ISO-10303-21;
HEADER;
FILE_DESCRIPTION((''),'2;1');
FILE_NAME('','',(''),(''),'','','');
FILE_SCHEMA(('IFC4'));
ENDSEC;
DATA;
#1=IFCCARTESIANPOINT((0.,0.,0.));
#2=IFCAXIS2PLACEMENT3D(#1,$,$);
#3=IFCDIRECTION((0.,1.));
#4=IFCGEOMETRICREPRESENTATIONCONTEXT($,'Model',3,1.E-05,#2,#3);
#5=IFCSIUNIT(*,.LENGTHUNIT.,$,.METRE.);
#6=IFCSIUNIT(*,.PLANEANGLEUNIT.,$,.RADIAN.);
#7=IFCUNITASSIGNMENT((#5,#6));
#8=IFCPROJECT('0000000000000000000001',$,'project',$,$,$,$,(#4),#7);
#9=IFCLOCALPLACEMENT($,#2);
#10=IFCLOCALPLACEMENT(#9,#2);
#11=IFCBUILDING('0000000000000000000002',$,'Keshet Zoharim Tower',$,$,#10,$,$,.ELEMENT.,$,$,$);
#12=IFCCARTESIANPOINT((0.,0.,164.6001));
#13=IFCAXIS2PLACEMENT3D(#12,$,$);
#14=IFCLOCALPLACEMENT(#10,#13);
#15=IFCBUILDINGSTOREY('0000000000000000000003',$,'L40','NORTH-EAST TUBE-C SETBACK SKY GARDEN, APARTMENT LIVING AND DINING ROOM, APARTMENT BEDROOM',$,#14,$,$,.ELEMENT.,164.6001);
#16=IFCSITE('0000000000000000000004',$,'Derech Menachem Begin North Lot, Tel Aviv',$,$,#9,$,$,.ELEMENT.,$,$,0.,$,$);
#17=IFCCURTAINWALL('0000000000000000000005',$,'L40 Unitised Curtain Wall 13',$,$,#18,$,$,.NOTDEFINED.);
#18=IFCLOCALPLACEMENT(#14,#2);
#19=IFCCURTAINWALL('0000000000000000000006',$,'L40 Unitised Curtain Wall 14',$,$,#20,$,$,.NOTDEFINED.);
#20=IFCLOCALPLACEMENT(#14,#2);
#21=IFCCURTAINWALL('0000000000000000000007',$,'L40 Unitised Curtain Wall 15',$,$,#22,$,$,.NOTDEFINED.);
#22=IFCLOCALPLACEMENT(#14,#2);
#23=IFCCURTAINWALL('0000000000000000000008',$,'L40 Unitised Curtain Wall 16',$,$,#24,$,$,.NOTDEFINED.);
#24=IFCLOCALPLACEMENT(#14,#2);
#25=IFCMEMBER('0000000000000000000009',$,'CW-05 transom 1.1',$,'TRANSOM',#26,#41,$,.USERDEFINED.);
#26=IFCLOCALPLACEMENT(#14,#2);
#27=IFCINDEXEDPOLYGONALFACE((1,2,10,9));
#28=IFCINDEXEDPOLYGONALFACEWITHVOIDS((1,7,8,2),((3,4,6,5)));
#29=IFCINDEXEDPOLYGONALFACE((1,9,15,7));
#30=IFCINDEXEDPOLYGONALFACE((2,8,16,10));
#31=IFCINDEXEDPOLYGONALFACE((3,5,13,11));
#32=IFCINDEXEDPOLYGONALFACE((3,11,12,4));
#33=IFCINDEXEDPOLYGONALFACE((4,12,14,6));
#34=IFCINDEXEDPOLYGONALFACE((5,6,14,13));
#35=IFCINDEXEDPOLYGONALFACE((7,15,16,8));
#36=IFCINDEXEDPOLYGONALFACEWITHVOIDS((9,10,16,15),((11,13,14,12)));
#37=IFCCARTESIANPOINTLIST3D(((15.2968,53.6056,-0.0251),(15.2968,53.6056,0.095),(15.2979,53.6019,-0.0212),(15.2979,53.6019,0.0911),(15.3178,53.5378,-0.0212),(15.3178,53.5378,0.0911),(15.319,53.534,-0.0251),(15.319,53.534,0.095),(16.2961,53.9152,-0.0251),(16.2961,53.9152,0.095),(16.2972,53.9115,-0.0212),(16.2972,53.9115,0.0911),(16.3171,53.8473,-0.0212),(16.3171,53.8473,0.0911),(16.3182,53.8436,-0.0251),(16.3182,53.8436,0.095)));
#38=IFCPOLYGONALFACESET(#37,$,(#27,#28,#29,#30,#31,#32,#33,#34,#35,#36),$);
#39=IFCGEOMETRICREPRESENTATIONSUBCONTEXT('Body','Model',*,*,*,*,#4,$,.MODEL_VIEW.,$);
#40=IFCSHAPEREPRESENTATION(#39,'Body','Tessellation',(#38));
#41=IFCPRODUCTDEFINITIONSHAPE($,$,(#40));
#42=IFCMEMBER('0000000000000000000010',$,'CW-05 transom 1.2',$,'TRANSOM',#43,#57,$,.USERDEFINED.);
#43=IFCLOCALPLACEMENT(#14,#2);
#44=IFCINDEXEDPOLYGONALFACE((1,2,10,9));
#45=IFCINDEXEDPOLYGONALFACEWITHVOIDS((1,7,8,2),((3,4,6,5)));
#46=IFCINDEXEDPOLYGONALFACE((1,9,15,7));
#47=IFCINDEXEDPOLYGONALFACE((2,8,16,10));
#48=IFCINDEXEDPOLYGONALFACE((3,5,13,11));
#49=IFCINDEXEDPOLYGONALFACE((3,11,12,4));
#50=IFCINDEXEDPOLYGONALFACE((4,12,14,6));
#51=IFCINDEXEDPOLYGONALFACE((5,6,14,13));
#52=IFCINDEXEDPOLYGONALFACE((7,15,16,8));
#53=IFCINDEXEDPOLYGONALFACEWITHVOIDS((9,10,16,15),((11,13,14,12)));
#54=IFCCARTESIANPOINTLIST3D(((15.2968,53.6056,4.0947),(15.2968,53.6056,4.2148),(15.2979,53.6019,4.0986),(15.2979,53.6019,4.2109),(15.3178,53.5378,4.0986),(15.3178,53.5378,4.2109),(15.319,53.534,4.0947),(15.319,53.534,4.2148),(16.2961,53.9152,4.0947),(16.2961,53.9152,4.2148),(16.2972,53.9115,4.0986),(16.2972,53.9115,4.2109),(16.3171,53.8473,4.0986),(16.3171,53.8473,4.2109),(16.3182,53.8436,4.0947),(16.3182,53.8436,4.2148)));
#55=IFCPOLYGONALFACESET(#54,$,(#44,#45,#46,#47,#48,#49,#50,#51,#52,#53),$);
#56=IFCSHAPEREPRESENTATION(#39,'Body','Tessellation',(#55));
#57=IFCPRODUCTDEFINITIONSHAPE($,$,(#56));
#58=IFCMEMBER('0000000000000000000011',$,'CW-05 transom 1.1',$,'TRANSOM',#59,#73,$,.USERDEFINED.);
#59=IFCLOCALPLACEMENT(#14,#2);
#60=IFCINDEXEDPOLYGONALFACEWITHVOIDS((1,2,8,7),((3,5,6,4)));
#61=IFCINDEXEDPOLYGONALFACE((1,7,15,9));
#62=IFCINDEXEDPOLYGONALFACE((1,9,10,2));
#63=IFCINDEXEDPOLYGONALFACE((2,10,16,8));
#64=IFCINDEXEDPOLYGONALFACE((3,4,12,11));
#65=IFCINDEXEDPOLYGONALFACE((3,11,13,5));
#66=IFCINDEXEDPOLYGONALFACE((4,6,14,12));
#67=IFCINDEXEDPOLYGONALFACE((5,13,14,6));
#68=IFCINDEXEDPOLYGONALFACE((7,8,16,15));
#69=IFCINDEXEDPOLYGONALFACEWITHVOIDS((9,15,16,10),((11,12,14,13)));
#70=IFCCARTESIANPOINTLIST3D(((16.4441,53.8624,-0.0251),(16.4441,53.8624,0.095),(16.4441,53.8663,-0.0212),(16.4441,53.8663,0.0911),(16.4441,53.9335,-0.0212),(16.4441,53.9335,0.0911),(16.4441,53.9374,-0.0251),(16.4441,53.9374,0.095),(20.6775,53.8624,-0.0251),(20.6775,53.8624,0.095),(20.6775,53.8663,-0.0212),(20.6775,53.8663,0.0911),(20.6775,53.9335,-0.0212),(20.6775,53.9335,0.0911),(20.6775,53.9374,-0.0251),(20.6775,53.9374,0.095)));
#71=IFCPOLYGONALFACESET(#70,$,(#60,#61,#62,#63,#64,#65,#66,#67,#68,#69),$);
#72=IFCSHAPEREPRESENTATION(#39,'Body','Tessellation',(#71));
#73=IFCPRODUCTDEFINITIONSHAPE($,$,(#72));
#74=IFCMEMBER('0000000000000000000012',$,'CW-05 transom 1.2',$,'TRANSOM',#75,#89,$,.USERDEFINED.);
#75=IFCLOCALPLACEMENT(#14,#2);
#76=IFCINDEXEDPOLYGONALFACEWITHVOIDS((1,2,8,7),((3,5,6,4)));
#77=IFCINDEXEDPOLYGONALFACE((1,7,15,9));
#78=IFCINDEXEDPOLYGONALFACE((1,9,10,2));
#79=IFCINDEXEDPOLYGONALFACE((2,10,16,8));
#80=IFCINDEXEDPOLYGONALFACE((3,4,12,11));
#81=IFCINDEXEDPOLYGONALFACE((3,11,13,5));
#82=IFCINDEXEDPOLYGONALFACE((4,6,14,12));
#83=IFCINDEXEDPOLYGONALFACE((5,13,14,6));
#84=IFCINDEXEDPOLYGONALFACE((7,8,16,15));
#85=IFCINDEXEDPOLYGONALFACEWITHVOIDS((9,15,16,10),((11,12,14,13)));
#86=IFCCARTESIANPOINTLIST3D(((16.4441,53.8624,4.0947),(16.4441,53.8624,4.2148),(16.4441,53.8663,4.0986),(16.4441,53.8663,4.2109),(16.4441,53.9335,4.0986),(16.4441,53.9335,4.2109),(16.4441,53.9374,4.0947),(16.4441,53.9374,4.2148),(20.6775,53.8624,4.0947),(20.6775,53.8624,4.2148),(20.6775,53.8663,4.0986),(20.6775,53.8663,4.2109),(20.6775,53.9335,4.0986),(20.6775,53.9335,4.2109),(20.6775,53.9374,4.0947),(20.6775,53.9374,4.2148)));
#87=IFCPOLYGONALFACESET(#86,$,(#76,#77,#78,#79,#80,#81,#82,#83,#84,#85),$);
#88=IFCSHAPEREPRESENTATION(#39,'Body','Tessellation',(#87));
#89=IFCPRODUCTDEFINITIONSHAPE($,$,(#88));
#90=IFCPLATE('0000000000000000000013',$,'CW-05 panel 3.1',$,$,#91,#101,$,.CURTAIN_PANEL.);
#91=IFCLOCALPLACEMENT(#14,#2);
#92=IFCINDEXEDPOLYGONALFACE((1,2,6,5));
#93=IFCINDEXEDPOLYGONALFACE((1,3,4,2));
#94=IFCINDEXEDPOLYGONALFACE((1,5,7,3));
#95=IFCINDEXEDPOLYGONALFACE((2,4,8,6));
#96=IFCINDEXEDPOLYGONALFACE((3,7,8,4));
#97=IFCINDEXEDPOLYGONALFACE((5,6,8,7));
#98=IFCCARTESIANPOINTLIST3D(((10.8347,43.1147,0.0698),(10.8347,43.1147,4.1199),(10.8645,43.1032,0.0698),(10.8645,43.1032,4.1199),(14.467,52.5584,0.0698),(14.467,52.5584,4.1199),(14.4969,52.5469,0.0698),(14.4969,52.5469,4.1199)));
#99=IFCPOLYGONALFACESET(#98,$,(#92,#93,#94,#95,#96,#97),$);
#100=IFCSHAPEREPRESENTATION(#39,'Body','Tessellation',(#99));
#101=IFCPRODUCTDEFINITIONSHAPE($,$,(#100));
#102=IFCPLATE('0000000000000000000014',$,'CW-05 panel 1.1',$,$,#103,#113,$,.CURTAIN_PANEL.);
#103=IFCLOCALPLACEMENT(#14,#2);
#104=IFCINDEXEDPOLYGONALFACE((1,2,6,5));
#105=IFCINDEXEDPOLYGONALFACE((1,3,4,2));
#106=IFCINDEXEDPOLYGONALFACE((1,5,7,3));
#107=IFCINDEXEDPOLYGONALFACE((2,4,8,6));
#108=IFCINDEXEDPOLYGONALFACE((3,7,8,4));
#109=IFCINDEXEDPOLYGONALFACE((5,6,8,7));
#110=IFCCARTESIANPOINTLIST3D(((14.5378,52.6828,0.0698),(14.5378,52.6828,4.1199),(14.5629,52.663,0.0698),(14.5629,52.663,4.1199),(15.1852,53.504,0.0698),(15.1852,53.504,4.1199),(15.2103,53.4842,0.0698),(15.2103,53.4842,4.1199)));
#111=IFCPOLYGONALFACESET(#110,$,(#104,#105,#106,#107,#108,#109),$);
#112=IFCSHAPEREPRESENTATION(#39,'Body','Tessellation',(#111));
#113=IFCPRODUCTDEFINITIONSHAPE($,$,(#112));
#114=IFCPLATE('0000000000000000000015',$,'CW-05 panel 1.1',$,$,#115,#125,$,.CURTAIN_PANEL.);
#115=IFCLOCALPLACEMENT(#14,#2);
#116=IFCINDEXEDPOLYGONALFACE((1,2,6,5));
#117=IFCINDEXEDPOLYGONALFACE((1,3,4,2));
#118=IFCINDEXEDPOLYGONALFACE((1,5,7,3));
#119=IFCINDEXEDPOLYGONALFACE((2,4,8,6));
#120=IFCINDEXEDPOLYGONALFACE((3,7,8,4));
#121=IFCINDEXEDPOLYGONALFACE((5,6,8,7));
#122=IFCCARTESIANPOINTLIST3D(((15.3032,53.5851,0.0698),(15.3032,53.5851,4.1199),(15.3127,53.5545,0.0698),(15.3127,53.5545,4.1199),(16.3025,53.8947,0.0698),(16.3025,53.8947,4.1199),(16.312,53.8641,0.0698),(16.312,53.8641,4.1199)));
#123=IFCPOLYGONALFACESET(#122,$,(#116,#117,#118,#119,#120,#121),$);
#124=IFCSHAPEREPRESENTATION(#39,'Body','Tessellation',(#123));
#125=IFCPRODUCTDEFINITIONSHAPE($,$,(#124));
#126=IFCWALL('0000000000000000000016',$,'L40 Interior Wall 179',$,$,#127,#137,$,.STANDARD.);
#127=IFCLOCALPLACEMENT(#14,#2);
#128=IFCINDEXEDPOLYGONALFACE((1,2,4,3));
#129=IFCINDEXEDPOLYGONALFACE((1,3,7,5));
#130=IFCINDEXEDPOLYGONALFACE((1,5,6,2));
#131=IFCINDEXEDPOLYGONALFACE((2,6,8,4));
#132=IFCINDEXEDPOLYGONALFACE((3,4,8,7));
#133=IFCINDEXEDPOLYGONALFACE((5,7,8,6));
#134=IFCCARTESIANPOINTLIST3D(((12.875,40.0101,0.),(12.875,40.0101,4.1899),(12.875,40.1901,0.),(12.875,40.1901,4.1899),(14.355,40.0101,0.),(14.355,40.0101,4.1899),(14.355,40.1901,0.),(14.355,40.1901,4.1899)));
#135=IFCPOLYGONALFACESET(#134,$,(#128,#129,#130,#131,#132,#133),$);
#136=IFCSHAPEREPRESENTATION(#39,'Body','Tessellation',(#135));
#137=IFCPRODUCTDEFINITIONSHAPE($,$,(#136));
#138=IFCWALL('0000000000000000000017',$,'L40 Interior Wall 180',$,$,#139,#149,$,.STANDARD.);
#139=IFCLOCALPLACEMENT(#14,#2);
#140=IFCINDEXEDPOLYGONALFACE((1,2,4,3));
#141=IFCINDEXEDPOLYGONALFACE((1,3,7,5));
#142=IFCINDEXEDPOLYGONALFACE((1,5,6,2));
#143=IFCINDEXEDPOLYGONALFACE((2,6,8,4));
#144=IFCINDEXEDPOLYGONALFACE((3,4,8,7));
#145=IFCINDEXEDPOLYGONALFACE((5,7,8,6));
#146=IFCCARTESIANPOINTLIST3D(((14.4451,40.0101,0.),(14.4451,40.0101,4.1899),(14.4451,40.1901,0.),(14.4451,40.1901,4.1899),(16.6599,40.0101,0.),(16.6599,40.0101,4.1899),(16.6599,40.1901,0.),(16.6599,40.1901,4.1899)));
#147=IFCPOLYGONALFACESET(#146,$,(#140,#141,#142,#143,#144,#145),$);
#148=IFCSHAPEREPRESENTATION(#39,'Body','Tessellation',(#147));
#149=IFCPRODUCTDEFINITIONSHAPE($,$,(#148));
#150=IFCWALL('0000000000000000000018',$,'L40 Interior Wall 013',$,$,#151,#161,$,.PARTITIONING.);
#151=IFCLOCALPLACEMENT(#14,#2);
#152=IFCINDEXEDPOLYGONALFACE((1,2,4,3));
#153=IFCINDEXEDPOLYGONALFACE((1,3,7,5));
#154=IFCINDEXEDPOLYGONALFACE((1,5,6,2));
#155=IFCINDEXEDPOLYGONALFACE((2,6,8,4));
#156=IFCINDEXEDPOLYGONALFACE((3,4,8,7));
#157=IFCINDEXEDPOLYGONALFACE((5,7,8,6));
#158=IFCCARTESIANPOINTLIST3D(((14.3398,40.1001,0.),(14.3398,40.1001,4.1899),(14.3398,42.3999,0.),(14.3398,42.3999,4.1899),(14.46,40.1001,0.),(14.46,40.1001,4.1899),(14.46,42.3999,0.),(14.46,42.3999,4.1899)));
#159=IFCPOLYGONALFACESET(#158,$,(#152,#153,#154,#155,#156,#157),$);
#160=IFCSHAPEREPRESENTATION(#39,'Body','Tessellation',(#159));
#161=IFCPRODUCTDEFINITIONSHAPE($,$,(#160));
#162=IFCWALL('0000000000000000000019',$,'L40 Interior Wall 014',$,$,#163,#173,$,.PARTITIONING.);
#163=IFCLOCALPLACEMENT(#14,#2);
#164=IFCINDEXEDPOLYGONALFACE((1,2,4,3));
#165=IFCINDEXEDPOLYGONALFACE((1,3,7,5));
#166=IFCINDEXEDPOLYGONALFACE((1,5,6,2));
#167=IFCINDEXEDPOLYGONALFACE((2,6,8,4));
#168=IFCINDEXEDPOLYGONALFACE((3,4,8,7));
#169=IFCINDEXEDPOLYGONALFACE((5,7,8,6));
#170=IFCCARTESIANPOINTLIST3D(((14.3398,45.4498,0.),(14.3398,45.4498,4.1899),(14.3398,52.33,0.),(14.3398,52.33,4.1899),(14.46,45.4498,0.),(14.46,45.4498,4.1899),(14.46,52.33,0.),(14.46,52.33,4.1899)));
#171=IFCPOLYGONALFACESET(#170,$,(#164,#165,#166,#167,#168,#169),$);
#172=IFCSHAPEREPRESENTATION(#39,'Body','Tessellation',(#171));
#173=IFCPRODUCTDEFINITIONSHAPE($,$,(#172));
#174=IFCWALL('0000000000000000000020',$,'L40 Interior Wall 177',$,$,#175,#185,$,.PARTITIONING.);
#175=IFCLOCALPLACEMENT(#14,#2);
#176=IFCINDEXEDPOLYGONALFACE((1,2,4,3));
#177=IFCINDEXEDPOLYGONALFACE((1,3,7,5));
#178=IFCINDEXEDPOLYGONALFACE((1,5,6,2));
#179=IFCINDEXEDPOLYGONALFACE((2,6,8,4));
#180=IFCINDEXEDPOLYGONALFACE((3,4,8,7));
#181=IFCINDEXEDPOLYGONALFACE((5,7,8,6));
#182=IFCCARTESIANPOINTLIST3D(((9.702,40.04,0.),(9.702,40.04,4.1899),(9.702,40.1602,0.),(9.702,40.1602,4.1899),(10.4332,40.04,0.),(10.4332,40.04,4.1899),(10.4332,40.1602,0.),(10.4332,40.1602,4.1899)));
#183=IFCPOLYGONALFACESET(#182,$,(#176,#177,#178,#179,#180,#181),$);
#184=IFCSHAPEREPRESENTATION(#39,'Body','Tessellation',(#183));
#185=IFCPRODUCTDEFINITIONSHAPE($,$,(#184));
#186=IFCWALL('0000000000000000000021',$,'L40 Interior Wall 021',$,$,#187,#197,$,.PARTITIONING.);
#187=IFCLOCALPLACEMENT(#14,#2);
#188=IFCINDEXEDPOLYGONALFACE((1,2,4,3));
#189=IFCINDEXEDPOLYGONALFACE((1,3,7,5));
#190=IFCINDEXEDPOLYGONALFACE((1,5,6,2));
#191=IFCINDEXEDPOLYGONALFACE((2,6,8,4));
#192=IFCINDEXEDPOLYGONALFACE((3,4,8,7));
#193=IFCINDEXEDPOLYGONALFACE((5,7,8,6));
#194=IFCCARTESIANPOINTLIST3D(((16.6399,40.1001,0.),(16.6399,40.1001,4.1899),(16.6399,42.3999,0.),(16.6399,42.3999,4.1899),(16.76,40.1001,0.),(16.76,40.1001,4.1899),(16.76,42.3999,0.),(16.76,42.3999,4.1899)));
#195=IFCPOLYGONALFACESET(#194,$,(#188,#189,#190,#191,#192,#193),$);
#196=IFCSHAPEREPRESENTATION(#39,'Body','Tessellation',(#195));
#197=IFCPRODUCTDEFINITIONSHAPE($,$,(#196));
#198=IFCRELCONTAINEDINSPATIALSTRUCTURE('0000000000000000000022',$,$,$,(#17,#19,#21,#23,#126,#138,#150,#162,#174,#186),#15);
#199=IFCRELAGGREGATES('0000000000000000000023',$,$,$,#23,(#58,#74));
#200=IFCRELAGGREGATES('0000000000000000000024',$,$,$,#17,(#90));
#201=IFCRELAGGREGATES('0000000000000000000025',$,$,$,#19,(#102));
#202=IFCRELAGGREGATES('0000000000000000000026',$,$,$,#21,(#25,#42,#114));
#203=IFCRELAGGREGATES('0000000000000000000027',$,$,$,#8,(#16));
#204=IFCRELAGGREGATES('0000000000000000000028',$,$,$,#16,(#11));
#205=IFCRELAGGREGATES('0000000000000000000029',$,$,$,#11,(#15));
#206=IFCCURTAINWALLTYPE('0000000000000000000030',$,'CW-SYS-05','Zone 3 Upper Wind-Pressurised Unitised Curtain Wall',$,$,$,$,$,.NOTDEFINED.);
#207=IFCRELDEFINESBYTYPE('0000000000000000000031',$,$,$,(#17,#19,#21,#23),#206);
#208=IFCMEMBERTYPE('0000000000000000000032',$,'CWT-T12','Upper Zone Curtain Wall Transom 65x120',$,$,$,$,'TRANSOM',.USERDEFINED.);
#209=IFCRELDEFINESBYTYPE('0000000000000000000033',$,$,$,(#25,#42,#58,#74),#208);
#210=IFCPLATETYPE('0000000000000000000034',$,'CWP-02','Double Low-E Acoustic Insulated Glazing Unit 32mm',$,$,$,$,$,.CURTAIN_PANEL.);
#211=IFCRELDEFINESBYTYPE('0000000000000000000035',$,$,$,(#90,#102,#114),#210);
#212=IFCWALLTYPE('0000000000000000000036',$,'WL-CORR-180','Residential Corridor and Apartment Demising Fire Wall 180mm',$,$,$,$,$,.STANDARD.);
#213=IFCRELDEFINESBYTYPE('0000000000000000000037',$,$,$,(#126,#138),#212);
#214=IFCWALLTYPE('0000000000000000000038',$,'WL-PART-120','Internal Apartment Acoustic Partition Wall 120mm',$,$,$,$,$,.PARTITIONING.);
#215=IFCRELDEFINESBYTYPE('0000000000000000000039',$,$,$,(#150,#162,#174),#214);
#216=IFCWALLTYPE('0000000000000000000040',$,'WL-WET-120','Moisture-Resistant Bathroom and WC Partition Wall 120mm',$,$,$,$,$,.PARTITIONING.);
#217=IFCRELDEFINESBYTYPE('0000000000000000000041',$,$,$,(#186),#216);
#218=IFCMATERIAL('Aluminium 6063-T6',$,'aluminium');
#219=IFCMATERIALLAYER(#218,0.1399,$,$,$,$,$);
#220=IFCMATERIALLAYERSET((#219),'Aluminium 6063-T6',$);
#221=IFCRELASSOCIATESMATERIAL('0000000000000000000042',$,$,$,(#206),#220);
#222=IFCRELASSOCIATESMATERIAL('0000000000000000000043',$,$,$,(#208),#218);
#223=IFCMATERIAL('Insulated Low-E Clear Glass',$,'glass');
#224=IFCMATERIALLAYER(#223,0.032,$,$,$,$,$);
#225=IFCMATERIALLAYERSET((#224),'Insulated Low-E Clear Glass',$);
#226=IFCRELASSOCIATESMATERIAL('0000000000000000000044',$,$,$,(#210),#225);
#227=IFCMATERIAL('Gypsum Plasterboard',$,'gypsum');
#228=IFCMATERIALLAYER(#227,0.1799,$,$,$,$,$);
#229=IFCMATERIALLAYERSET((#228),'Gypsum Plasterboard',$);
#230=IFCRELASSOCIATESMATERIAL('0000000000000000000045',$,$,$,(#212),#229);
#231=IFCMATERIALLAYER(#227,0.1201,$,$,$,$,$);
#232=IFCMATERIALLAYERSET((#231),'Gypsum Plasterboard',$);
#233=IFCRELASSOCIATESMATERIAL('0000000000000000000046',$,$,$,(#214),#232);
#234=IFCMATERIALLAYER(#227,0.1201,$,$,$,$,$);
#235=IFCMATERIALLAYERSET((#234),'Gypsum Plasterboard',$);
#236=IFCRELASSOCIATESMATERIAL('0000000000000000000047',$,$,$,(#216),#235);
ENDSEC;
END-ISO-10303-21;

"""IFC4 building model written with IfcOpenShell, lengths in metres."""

from ifc_helpers import new_model, si_unit, direction, frame, frame_2d, origin, origin_2d, place, context, subcontext, project, spatial, rectangle, hollow_rectangle, extrude, material, layer, layer_set, material_profile, profile_set, type_object, element, aggregate, save


model = new_model("IFC4")

# Units and contexts
model_context = context("Model", 3, precision=1e-05, world=origin(), true_north=direction((0.0, 1.0)))
body_context = subcontext(model_context, "Body", "Model", "MODEL_VIEW")
ifc_project = project(units=[si_unit("LENGTHUNIT", "METRE"), si_unit("PLANEANGLEUNIT", "RADIAN")], contexts=[model_context])

# Site, building, storey
site_placement = place(None, origin())
site = spatial("IfcSite", under=ifc_project, at=site_placement, Name="Derech Menachem Begin North Lot, Tel Aviv", CompositionType="ELEMENT", RefElevation=0.0)
building_placement = place(site_placement, origin())
building = spatial("IfcBuilding", under=site, at=building_placement, Name="Keshet Zoharim Tower", CompositionType="ELEMENT")
storey_placement = place(building_placement, frame((0.0, 0.0, 164.6001)))
storey = spatial("IfcBuildingStorey", under=building, at=storey_placement, Name="L40", Description="NORTH-EAST TUBE-C SETBACK SKY GARDEN, APARTMENT LIVING AND DINING ROOM, APARTMENT BEDROOM", CompositionType="ELEMENT", Elevation=164.6001)

# Curtain walls
ifc_material_1 = material(Name="Aluminium 6063-T6", Category="aluminium")
ifc_layer_1 = layer(ifc_material_1, 0.1399)
ifc_layer_set_1 = layer_set([ifc_layer_1], Name="Aluminium 6063-T6")
curtain_wall_type = type_object("IfcCurtainWallType", Name="CW-SYS-05", Description="Zone 3 Upper Wind-Pressurised Unitised Curtain Wall", PredefinedType="NOTDEFINED", material=ifc_layer_set_1)
curtain_wall_1_placement = place(storey_placement, origin())
curtain_wall_1 = element("IfcCurtainWall", 1, at=curtain_wall_1_placement, inside=storey, type_object=curtain_wall_type, Name="L40 Unitised Curtain Wall 13", PredefinedType="NOTDEFINED")
curtain_wall_2_placement = place(storey_placement, origin())
curtain_wall_2 = element("IfcCurtainWall", 2, at=curtain_wall_2_placement, inside=storey, type_object=curtain_wall_type, Name="L40 Unitised Curtain Wall 14", PredefinedType="NOTDEFINED")
curtain_wall_3_placement = place(storey_placement, origin())
curtain_wall_3 = element("IfcCurtainWall", 3, at=curtain_wall_3_placement, inside=storey, type_object=curtain_wall_type, Name="L40 Unitised Curtain Wall 15", PredefinedType="NOTDEFINED")

# Curtain wall
curtain_wall_4_placement = place(storey_placement, origin())
curtain_wall_4 = element("IfcCurtainWall", 4, at=curtain_wall_4_placement, inside=storey, type_object=curtain_wall_type, Name="L40 Unitised Curtain Wall 16", PredefinedType="NOTDEFINED")

# Members
ifc_material_profile_1 = material_profile(ifc_material_1, hollow_rectangle(XDim=0.075, YDim=0.1201, WallThickness=0.0039, at=origin_2d()), Name="TRN-75x120")
ifc_profile_set_1 = profile_set([ifc_material_profile_1], Name="Aluminium 6063-T6")
member_type_1 = type_object("IfcMemberType", Name="CWT-T12", Description="Upper Zone Curtain Wall Transom 65x120", ElementType="TRANSOM", PredefinedType="USERDEFINED", material=ifc_profile_set_1)
member_1_placement = place(storey_placement, frame((15.3079, 53.5698, 0.0349), z_axis=(0.955212, 0.295922, 0.0), x_axis=(-0.295922, 0.955212, 0.0)))
member_1 = element("IfcMember", 5, at=member_1_placement, type_object=member_type_1, Name="CW-05 transom 1.1", ObjectType="TRANSOM", PredefinedType="USERDEFINED", context=body_context, shape_type="SweptSolid", body=[
    extrude(hollow_rectangle(XDim=0.075, YDim=0.1201, WallThickness=0.0039, at=origin_2d()), origin(), (0.0, 0.0, 1.0), 1.0461),
])
member_2_placement = place(storey_placement, frame((15.3079, 53.5698, 4.1548), z_axis=(0.955212, 0.295922, 0.0), x_axis=(-0.295922, 0.955212, 0.0)))
member_2 = element("IfcMember", 6, at=member_2_placement, type_object=member_type_1, Name="CW-05 transom 1.2", ObjectType="TRANSOM", PredefinedType="USERDEFINED", context=body_context, shape_type="SweptSolid", body=[
    extrude(hollow_rectangle(XDim=0.075, YDim=0.1201, WallThickness=0.0039, at=origin_2d()), origin(), (0.0, 0.0, 1.0), 1.0461),
])
member_3_placement = place(storey_placement, frame((16.4441, 53.8999, 0.0349), z_axis=(1.0, 0.0, 0.0), x_axis=(0.0, 1.0, 0.0)))
member_3 = element("IfcMember", 7, at=member_3_placement, type_object=member_type_1, Name="CW-05 transom 1.1", ObjectType="TRANSOM", PredefinedType="USERDEFINED", context=body_context, shape_type="SweptSolid", body=[
    extrude(hollow_rectangle(XDim=0.075, YDim=0.1201, WallThickness=0.0039, at=origin_2d()), origin(), (0.0, 0.0, 1.0), 4.2334),
])
member_4_placement = place(storey_placement, frame((16.4441, 53.8999, 4.1548), z_axis=(1.0, 0.0, 0.0), x_axis=(0.0, 1.0, 0.0)))
member_4 = element("IfcMember", 8, at=member_4_placement, type_object=member_type_1, Name="CW-05 transom 1.2", ObjectType="TRANSOM", PredefinedType="USERDEFINED", context=body_context, shape_type="SweptSolid", body=[
    extrude(hollow_rectangle(XDim=0.075, YDim=0.1201, WallThickness=0.0039, at=origin_2d()), origin(), (0.0, 0.0, 1.0), 4.2334),
])
aggregate(curtain_wall_4, [member_3, member_4])

# Plates
ifc_material_2 = material(Name="Insulated Low-E Clear Glass", Category="glass")
ifc_layer_2 = layer(ifc_material_2, 0.032)
ifc_layer_set_2 = layer_set([ifc_layer_2], Name="Insulated Low-E Clear Glass")
plate_type = type_object("IfcPlateType", Name="CWP-02", Description="Double Low-E Acoustic Insulated Glazing Unit 32mm", PredefinedType="CURTAIN_PANEL", material=ifc_layer_set_2)
plate_1_placement = place(storey_placement, frame((12.6658, 47.8308, 0.0698), z_axis=(0.0, 0.0, 1.0), x_axis=(0.35899, 0.933341, 0.0)))
plate_1 = element("IfcPlate", 9, at=plate_1_placement, type_object=plate_type, Name="CW-05 panel 3.1", PredefinedType="CURTAIN_PANEL", context=body_context, shape_type="SweptSolid", body=[
    extrude(rectangle(XDim=10.1182, YDim=0.032, at=origin_2d()), origin(), (0.0, 0.0, 1.0), 4.05),
])
aggregate(curtain_wall_1, [plate_1])
plate_2_placement = place(storey_placement, frame((14.874, 53.0835, 0.0698), z_axis=(0.0, 0.0, 1.0), x_axis=(0.619125, 0.785293, 0.0)))
plate_2 = element("IfcPlate", 10, at=plate_2_placement, type_object=plate_type, Name="CW-05 panel 1.1", PredefinedType="CURTAIN_PANEL", context=body_context, shape_type="SweptSolid", body=[
    extrude(rectangle(XDim=1.0457, YDim=0.032, at=origin_2d()), origin(), (0.0, 0.0, 1.0), 4.05),
])
aggregate(curtain_wall_2, [plate_2])
plate_3_placement = place(storey_placement, frame((15.8076, 53.7246, 0.0698), z_axis=(0.0, 0.0, 1.0), x_axis=(0.955212, 0.295922, 0.0)))
plate_3 = element("IfcPlate", 11, at=plate_3_placement, type_object=plate_type, Name="CW-05 panel 1.1", PredefinedType="CURTAIN_PANEL", context=body_context, shape_type="SweptSolid", body=[
    extrude(rectangle(XDim=1.0461, YDim=0.032, at=origin_2d()), origin(), (0.0, 0.0, 1.0), 4.05),
])
aggregate(curtain_wall_3, [member_1, member_2, plate_3])

# Walls
ifc_material_3 = material(Name="Gypsum Plasterboard", Category="gypsum")
ifc_layer_3 = layer(ifc_material_3, 0.1799)
ifc_layer_set_3 = layer_set([ifc_layer_3], Name="Gypsum Plasterboard")
wall_type_1 = type_object("IfcWallType", Name="WL-CORR-180", Description="Residential Corridor and Apartment Demising Fire Wall 180mm", PredefinedType="STANDARD", material=ifc_layer_set_3)
wall_1_placement = place(storey_placement, frame((12.875, 40.1001, 0.0), z_axis=(0.0, 0.0, 1.0), x_axis=(1.0, 0.0, 0.0)))
element("IfcWall", 12, at=wall_1_placement, inside=storey, type_object=wall_type_1, Name="L40 Interior Wall 179", PredefinedType="STANDARD", context=body_context, shape_type="SweptSolid", body=[
    extrude(rectangle(XDim=1.48, YDim=0.1799, at=frame_2d((0.74, 0.0))), origin(), (0.0, 0.0, 1.0), 4.1899),
])
wall_2_placement = place(storey_placement, frame((14.4451, 40.1001, 0.0), z_axis=(0.0, 0.0, 1.0), x_axis=(1.0, 0.0, 0.0)))
element("IfcWall", 13, at=wall_2_placement, inside=storey, type_object=wall_type_1, Name="L40 Interior Wall 180", PredefinedType="STANDARD", context=body_context, shape_type="SweptSolid", body=[
    extrude(rectangle(XDim=2.2148, YDim=0.1799, at=frame_2d((1.1074, 0.0))), origin(), (0.0, 0.0, 1.0), 4.1899),
])
ifc_layer_4 = layer(ifc_material_3, 0.1201)
ifc_layer_set_4 = layer_set([ifc_layer_4], Name="Gypsum Plasterboard")
wall_type_2 = type_object("IfcWallType", Name="WL-PART-120", Description="Internal Apartment Acoustic Partition Wall 120mm", PredefinedType="PARTITIONING", material=ifc_layer_set_4)
wall_3_placement = place(storey_placement, frame((14.3999, 40.1001, 0.0), z_axis=(0.0, 0.0, 1.0), x_axis=(0.0, 1.0, 0.0)))
element("IfcWall", 14, at=wall_3_placement, inside=storey, type_object=wall_type_2, Name="L40 Interior Wall 013", PredefinedType="PARTITIONING", context=body_context, shape_type="SweptSolid", body=[
    extrude(rectangle(XDim=2.2998, YDim=0.1201, at=frame_2d((1.1499, 0.0))), origin(), (0.0, 0.0, 1.0), 4.1899),
])
wall_4_placement = place(storey_placement, frame((14.3999, 45.45, 0.0), z_axis=(0.0, 0.0, 1.0), x_axis=(0.0, 1.0, 0.0)))
element("IfcWall", 15, at=wall_4_placement, inside=storey, type_object=wall_type_2, Name="L40 Interior Wall 014", PredefinedType="PARTITIONING", context=body_context, shape_type="SweptSolid", body=[
    extrude(rectangle(XDim=6.8801, YDim=0.1201, at=frame_2d((3.4399, 0.0))), origin(), (0.0, 0.0, 1.0), 4.1899),
])
wall_5_placement = place(storey_placement, frame((9.7019, 40.1001, 0.0), z_axis=(0.0, 0.0, 1.0), x_axis=(1.0, 0.0, 0.0)))
element("IfcWall", 16, at=wall_5_placement, inside=storey, type_object=wall_type_2, Name="L40 Interior Wall 177", PredefinedType="PARTITIONING", context=body_context, shape_type="SweptSolid", body=[
    extrude(rectangle(XDim=0.7312, YDim=0.1201, at=frame_2d((0.3657, 0.0))), origin(), (0.0, 0.0, 1.0), 4.1899),
])

# Wall
ifc_layer_5 = layer(ifc_material_3, 0.1201)
ifc_layer_set_5 = layer_set([ifc_layer_5], Name="Gypsum Plasterboard")
wall_type_3 = type_object("IfcWallType", Name="WL-WET-120", Description="Moisture-Resistant Bathroom and WC Partition Wall 120mm", PredefinedType="PARTITIONING", material=ifc_layer_set_5)
wall_6_placement = place(storey_placement, frame((16.7, 40.1001, 0.0), z_axis=(0.0, 0.0, 1.0), x_axis=(0.0, 1.0, 0.0)))
element("IfcWall", 17, at=wall_6_placement, inside=storey, type_object=wall_type_3, Name="L40 Interior Wall 021", PredefinedType="PARTITIONING", context=body_context, shape_type="SweptSolid", body=[
    extrude(rectangle(XDim=2.2998, YDim=0.1201, at=frame_2d((1.1499, 0.0))), origin(), (0.0, 0.0, 1.0), 4.1899),
])

save(model, "model.ifc")
